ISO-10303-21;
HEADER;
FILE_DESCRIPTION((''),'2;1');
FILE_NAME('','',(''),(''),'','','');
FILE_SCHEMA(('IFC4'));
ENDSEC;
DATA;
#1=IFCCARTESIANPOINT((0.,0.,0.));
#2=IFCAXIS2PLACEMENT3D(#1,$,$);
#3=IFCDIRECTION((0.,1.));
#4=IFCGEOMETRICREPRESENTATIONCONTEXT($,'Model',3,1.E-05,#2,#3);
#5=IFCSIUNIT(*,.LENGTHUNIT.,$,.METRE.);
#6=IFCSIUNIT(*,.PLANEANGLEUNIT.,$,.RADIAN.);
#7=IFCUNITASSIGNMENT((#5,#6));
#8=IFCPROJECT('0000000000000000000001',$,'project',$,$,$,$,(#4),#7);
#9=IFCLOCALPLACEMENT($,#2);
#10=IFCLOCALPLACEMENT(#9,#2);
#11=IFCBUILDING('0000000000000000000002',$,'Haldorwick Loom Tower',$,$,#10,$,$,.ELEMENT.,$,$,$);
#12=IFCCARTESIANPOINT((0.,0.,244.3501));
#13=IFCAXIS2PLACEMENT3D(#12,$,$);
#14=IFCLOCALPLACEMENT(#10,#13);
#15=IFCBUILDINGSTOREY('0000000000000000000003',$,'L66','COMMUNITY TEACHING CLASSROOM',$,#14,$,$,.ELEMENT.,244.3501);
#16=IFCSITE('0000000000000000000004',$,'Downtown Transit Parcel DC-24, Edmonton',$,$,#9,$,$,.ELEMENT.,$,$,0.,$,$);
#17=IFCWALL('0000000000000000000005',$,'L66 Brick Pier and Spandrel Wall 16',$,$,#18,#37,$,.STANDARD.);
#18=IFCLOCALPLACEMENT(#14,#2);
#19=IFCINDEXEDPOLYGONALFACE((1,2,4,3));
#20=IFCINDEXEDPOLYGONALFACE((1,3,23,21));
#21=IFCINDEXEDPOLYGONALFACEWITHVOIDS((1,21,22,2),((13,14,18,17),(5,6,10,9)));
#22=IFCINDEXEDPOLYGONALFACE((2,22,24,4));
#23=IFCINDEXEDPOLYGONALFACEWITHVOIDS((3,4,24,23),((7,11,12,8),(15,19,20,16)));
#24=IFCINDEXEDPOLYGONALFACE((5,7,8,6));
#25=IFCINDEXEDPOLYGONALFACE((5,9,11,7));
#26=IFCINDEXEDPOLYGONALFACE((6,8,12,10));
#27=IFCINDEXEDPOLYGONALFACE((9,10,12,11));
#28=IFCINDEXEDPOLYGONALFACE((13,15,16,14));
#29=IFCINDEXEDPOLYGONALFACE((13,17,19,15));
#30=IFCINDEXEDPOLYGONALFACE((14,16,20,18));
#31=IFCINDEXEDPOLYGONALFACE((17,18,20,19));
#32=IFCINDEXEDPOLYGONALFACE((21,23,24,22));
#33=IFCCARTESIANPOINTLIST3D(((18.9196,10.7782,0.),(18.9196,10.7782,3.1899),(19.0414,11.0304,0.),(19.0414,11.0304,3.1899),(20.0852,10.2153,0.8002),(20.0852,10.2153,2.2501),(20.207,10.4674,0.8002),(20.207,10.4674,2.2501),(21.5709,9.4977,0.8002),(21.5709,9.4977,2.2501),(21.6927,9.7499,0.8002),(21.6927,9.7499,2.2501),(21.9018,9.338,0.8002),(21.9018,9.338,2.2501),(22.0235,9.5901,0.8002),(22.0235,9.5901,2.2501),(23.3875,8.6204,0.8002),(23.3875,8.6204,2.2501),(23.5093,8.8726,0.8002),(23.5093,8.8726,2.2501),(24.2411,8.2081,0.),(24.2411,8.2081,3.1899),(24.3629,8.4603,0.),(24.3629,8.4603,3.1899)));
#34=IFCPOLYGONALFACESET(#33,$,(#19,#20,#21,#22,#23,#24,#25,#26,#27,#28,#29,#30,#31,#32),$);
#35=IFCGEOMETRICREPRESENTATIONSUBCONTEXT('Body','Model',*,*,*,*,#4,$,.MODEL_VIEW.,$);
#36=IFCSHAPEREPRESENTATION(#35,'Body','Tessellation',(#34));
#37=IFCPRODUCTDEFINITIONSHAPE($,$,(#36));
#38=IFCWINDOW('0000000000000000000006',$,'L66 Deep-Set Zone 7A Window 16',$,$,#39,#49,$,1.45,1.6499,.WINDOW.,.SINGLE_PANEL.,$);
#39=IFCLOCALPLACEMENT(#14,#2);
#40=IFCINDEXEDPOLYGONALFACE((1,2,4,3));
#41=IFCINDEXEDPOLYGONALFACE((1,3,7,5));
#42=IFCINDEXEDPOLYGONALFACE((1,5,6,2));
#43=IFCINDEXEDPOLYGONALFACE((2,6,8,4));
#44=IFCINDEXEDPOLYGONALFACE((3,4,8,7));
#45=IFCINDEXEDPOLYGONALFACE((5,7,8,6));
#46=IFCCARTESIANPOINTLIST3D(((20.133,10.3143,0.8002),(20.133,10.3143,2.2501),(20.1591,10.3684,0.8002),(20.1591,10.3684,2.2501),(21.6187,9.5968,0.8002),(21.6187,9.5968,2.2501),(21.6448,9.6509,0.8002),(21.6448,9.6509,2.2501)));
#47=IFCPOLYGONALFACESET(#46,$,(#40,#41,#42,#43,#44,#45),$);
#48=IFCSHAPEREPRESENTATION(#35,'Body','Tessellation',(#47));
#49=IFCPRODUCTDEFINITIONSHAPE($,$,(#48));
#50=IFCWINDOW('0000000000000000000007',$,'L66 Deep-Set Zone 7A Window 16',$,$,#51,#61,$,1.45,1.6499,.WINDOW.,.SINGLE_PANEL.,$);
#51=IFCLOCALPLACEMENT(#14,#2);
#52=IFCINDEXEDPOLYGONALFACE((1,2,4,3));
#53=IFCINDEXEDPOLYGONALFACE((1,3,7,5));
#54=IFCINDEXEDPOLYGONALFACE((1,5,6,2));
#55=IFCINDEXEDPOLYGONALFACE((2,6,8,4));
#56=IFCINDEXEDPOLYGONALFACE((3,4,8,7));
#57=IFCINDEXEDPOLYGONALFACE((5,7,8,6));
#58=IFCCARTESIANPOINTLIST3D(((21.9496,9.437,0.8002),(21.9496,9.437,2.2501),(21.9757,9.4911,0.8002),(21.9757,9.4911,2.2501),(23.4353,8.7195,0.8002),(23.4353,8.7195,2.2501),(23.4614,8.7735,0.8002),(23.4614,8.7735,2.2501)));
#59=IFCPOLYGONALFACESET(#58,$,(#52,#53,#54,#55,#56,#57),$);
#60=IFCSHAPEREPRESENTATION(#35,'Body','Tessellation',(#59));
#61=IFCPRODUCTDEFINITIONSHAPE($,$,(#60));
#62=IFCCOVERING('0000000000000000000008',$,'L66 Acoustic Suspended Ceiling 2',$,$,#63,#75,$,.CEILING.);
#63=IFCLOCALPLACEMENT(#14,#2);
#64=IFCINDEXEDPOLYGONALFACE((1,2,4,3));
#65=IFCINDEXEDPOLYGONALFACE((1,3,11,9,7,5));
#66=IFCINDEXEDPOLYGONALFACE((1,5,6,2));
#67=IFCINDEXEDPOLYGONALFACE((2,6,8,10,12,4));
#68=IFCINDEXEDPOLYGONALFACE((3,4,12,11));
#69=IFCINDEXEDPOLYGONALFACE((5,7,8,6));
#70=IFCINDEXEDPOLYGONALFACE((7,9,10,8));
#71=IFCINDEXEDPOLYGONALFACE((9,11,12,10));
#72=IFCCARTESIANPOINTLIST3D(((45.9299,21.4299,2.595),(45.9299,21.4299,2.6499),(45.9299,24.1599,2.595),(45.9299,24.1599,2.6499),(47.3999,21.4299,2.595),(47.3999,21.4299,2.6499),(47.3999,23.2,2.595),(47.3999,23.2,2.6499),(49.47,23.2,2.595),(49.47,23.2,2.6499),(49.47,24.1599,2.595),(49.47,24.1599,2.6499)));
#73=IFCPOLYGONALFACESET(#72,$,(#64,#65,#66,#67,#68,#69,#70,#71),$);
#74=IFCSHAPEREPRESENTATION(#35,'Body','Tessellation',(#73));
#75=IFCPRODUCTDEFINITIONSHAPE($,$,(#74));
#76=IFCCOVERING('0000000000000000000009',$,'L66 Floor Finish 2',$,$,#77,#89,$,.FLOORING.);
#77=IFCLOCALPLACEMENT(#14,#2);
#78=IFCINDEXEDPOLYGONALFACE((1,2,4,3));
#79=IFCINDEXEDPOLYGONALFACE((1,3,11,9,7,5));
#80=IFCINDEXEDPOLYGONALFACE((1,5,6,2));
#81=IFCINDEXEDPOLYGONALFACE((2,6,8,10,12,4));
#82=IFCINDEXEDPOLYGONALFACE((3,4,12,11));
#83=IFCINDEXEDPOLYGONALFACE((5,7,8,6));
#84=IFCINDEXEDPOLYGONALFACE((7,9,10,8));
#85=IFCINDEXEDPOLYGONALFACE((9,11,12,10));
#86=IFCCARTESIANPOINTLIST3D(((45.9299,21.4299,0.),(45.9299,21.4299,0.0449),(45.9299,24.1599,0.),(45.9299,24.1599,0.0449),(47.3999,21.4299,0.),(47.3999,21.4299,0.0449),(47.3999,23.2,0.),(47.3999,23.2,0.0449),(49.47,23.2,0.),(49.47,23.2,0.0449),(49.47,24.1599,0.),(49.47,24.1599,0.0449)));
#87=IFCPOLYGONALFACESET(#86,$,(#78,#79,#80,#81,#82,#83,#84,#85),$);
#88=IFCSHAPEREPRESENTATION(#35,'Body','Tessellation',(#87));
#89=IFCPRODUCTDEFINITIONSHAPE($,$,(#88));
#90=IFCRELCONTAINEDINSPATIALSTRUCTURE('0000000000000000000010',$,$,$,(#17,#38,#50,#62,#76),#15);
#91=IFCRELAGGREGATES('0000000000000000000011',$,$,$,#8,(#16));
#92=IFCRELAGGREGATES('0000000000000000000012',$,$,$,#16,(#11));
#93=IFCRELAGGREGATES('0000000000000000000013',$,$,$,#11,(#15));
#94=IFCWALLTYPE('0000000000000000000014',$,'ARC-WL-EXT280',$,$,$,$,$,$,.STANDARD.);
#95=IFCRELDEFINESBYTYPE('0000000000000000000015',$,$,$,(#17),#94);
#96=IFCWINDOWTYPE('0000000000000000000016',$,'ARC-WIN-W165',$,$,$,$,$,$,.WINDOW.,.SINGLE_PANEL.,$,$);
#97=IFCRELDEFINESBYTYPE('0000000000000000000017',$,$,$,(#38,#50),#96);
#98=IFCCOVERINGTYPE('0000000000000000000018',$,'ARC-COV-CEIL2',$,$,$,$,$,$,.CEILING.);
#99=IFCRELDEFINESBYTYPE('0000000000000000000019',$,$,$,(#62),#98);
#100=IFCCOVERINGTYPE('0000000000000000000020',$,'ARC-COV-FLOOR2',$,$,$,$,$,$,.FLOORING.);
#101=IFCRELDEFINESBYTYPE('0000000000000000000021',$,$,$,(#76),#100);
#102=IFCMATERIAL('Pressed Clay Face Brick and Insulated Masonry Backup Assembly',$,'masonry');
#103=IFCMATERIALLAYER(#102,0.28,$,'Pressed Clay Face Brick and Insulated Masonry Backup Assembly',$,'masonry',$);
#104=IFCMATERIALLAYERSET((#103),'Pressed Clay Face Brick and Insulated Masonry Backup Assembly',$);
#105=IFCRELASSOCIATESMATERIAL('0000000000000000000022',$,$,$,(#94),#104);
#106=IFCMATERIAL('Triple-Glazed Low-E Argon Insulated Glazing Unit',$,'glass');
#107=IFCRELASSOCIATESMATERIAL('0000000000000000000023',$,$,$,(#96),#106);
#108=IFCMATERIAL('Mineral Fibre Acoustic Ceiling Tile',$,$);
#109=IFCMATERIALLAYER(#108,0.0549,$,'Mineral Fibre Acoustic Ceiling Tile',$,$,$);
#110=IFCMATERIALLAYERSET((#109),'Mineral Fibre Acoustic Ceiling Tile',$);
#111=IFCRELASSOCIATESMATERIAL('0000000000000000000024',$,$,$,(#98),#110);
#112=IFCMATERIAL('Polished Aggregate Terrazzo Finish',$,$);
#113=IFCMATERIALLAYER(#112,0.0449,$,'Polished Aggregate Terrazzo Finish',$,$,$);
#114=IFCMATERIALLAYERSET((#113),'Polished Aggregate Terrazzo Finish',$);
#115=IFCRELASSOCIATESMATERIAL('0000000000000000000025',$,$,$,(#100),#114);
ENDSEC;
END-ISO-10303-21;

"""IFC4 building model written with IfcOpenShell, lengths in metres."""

from ifc_helpers import new_model, si_unit, direction, frame, frame_2d, origin, place, context, subcontext, project, spatial, polyline, rectangle, outline, extrude, material, layer, layer_set, type_object, element, fill, save


model = new_model("IFC4")

# Units and contexts
model_context = context("Model", 3, precision=1e-05, world=origin(), true_north=direction((0.0, 1.0)))
body_context = subcontext(model_context, "Body", "Model", "MODEL_VIEW")
ifc_project = project(units=[si_unit("LENGTHUNIT", "METRE"), si_unit("PLANEANGLEUNIT", "RADIAN")], contexts=[model_context])

# Site, building, storey
site_placement = place(None, origin())
site = spatial("IfcSite", under=ifc_project, at=site_placement, Name="Downtown Transit Parcel DC-24, Edmonton", CompositionType="ELEMENT", RefElevation=0.0)
building_placement = place(site_placement, origin())
building = spatial("IfcBuilding", under=site, at=building_placement, Name="Haldorwick Loom Tower", CompositionType="ELEMENT")
storey_placement = place(building_placement, frame((0.0, 0.0, 244.3501)))
storey = spatial("IfcBuildingStorey", under=building, at=storey_placement, Name="L66", Description="COMMUNITY TEACHING CLASSROOM", CompositionType="ELEMENT", Elevation=244.3501)

# Shared definitions
ifc_material_1 = material(Name="Pressed Clay Face Brick and Insulated Masonry Backup Assembly", Category="masonry")
ifc_layer_1 = layer(ifc_material_1, 0.28, Name="Pressed Clay Face Brick and Insulated Masonry Backup Assembly", Category="masonry")
ifc_layer_set_1 = layer_set([ifc_layer_1], Name="Pressed Clay Face Brick and Insulated Masonry Backup Assembly")
wall_type = type_object("IfcWallType", Name="ARC-WL-EXT280", PredefinedType="STANDARD", material=ifc_layer_set_1)

# Wall, openings, windows
wall_1_placement = place(storey_placement, frame((18.9805, 10.9043, 0.0), z_axis=(0.0, 0.0, 1.0), x_axis=(0.900482, -0.434893, 0.0)))
wall_1 = element("IfcWall", 1, at=wall_1_placement, inside=storey, type_object=wall_type, Name="L66 Brick Pier and Spandrel Wall 16", PredefinedType="STANDARD", context=body_context, shape_type="SweptSolid", body=[
    extrude(rectangle(XDim=5.9097, YDim=0.28, at=frame_2d((2.9548, 0.0))), origin(), (0.0, 0.0, 1.0), 3.1899),
])
opening_1_placement = place(wall_1_placement, frame((1.2944, 0.0, 0.8)))
opening_1 = element("IfcOpeningElement", 2, at=opening_1_placement, cuts=wall_1, PredefinedType="OPENING", context=body_context, shape_type="SweptSolid", body=[
    extrude(rectangle(XDim=1.6499, YDim=1.45, at=frame_2d((0.825, 0.7251))), frame((0.0, 0.1499, 0.0), z_axis=(0.0, -1.0, 0.0), x_axis=(1.0, 0.0, 0.0)), (0.0, 0.0, 1.0), 0.3),
])
opening_2_placement = place(wall_1_placement, frame((3.3118, 0.0, 0.8)))
opening_2 = element("IfcOpeningElement", 3, at=opening_2_placement, cuts=wall_1, PredefinedType="OPENING", context=body_context, shape_type="SweptSolid", body=[
    extrude(rectangle(XDim=1.6499, YDim=1.45, at=frame_2d((0.825, 0.7251))), frame((0.0, 0.1499, 0.0), z_axis=(0.0, -1.0, 0.0), x_axis=(1.0, 0.0, 0.0)), (0.0, 0.0, 1.0), 0.3),
])
ifc_material_2 = material(Name="Triple-Glazed Low-E Argon Insulated Glazing Unit", Category="glass")
window_type = type_object("IfcWindowType", Name="ARC-WIN-W165", PartitioningType="SINGLE_PANEL", PredefinedType="WINDOW", material=ifc_material_2)
window_1_placement = place(opening_1_placement, origin())
window_1 = element("IfcWindow", 4, at=window_1_placement, inside=storey, type_object=window_type, Name="L66 Deep-Set Zone 7A Window 16", OverallHeight=1.45, OverallWidth=1.6499, PartitioningType="SINGLE_PANEL", PredefinedType="WINDOW", context=body_context, shape_type="SweptSolid", body=[
    extrude(rectangle(XDim=1.6499, YDim=1.45, at=frame_2d((0.825, 0.7251))), frame((0.0, 0.03, 0.0), z_axis=(0.0, -1.0, 0.0), x_axis=(1.0, 0.0, 0.0)), (0.0, 0.0, 1.0), 0.0601),
])
fill(opening_1, window_1)
window_2_placement = place(opening_2_placement, origin())
window_2 = element("IfcWindow", 5, at=window_2_placement, inside=storey, type_object=window_type, Name="L66 Deep-Set Zone 7A Window 16", OverallHeight=1.45, OverallWidth=1.6499, PartitioningType="SINGLE_PANEL", PredefinedType="WINDOW", context=body_context, shape_type="SweptSolid", body=[
    extrude(rectangle(XDim=1.6499, YDim=1.45, at=frame_2d((0.825, 0.7251))), frame((0.0, 0.03, 0.0), z_axis=(0.0, -1.0, 0.0), x_axis=(1.0, 0.0, 0.0)), (0.0, 0.0, 1.0), 0.0601),
])
fill(opening_2, window_2)

# Coverings
ifc_material_3 = material(Name="Mineral Fibre Acoustic Ceiling Tile")
ifc_layer_2 = layer(ifc_material_3, 0.0549, Name="Mineral Fibre Acoustic Ceiling Tile")
ifc_layer_set_2 = layer_set([ifc_layer_2], Name="Mineral Fibre Acoustic Ceiling Tile")
covering_type_1 = type_object("IfcCoveringType", Name="ARC-COV-CEIL2", PredefinedType="CEILING", material=ifc_layer_set_2)
covering_1_placement = place(storey_placement, frame((0.0, 0.0, 2.595)))
element("IfcCovering", 6, at=covering_1_placement, inside=storey, type_object=covering_type_1, Name="L66 Acoustic Suspended Ceiling 2", PredefinedType="CEILING", context=body_context, shape_type="SweptSolid", body=[
    extrude(outline(polyline([(45.9299, 24.1599), (45.9299, 21.4299), (47.3999, 21.4299), (47.3999, 23.2), (49.47, 23.2), (49.47, 24.1599), (45.9299, 24.1599)])), origin(), (0.0, 0.0, 1.0), 0.0549),
])
ifc_material_4 = material(Name="Polished Aggregate Terrazzo Finish")
ifc_layer_3 = layer(ifc_material_4, 0.0449, Name="Polished Aggregate Terrazzo Finish")
ifc_layer_set_3 = layer_set([ifc_layer_3], Name="Polished Aggregate Terrazzo Finish")
covering_type_2 = type_object("IfcCoveringType", Name="ARC-COV-FLOOR2", PredefinedType="FLOORING", material=ifc_layer_set_3)
covering_2_placement = place(storey_placement, origin())
element("IfcCovering", 7, at=covering_2_placement, inside=storey, type_object=covering_type_2, Name="L66 Floor Finish 2", PredefinedType="FLOORING", context=body_context, shape_type="SweptSolid", body=[
    extrude(outline(polyline([(45.9299, 24.1599), (45.9299, 21.4299), (47.3999, 21.4299), (47.3999, 23.2), (49.47, 23.2), (49.47, 24.1599), (45.9299, 24.1599)])), origin(), (0.0, 0.0, 1.0), 0.0449),
])

save(model, "model.ifc")
